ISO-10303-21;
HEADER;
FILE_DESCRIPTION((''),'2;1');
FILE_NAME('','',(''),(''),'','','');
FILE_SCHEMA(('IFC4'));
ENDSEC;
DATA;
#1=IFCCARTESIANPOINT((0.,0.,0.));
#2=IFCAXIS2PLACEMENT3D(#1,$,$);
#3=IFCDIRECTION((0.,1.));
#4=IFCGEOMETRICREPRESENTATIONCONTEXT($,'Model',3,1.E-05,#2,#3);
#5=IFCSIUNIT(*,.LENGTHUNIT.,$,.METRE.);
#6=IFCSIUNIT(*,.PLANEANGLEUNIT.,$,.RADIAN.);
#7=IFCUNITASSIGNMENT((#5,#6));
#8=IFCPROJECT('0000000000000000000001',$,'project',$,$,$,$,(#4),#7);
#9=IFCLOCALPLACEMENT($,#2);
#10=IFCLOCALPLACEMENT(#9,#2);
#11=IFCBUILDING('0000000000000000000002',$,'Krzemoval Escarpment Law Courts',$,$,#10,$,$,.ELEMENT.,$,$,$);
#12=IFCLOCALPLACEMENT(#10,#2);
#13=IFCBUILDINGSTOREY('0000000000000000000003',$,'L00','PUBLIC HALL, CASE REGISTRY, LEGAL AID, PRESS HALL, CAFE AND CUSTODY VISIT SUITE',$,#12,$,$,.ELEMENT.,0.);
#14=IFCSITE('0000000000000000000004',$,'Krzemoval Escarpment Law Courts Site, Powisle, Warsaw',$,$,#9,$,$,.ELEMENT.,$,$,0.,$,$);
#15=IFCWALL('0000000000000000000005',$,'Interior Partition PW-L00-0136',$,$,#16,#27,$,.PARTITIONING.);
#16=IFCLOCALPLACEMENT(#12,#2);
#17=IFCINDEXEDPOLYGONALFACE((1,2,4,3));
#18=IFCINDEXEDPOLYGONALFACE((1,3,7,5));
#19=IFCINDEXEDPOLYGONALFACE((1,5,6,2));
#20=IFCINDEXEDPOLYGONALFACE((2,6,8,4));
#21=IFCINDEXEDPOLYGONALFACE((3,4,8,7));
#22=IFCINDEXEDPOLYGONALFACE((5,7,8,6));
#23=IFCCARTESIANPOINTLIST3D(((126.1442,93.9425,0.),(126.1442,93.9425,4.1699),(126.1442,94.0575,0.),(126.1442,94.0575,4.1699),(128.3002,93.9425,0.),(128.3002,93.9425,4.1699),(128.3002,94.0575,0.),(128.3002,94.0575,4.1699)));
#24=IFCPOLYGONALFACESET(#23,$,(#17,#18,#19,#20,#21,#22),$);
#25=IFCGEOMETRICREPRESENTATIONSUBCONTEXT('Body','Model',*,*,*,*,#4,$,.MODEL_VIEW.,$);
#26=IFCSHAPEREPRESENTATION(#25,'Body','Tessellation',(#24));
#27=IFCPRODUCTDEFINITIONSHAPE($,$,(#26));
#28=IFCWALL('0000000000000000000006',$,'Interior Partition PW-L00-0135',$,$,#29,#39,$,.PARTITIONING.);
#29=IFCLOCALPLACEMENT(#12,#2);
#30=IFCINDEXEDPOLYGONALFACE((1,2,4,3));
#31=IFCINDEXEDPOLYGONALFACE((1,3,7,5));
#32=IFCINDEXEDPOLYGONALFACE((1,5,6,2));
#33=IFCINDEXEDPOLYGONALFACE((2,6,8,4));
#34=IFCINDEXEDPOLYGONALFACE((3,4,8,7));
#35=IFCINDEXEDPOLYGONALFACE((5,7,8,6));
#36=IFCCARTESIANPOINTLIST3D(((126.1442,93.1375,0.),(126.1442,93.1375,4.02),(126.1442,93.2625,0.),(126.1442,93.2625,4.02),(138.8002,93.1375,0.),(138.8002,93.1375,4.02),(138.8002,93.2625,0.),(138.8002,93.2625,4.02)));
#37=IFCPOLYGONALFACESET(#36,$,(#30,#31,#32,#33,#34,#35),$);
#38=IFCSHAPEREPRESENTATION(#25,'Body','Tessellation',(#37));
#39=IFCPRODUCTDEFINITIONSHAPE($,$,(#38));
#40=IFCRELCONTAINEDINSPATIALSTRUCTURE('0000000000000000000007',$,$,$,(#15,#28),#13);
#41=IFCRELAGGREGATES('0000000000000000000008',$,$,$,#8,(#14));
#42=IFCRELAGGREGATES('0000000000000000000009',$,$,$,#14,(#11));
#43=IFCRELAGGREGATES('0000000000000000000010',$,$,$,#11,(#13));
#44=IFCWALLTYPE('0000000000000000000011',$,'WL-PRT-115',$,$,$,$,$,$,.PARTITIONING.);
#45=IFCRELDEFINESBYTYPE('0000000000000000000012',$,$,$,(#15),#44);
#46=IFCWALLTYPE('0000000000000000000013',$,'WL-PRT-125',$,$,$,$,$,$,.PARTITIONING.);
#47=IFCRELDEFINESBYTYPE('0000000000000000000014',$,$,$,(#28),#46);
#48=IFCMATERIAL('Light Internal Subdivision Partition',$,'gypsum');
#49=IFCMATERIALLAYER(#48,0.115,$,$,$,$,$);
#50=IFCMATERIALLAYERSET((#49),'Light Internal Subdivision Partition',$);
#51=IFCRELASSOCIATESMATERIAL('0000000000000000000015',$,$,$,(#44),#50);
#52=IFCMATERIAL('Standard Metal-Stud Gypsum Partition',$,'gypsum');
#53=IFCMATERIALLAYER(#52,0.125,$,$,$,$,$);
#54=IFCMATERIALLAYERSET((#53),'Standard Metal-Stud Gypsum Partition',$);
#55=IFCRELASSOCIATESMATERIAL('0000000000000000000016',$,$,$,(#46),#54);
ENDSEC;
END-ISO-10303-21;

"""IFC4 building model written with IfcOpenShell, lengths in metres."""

from ifc_helpers import new_model, si_unit, direction, frame, frame_2d, origin, place, context, subcontext, project, spatial, rectangle, extrude, material, layer, layer_set, type_object, element, save


model = new_model("IFC4")

# Units and contexts
model_context = context("Model", 3, precision=1e-05, world=origin(), true_north=direction((0.0, 1.0)))
body_context = subcontext(model_context, "Body", "Model", "MODEL_VIEW")
ifc_project = project(units=[si_unit("LENGTHUNIT", "METRE"), si_unit("PLANEANGLEUNIT", "RADIAN")], contexts=[model_context])

# Site, building, storey
site_placement = place(None, origin())
site = spatial("IfcSite", under=ifc_project, at=site_placement, Name="Krzemoval Escarpment Law Courts Site, Powisle, Warsaw", CompositionType="ELEMENT", RefElevation=0.0)
building_placement = place(site_placement, origin())
building = spatial("IfcBuilding", under=site, at=building_placement, Name="Krzemoval Escarpment Law Courts", CompositionType="ELEMENT")
storey_placement = place(building_placement, origin())
storey = spatial("IfcBuildingStorey", under=building, at=storey_placement, Name="L00", Description="PUBLIC HALL, CASE REGISTRY, LEGAL AID, PRESS HALL, CAFE AND CUSTODY VISIT SUITE", CompositionType="ELEMENT", Elevation=0.0)

# Walls
ifc_material_1 = material(Name="Light Internal Subdivision Partition", Category="gypsum")
ifc_layer_1 = layer(ifc_material_1, 0.115)
ifc_layer_set_1 = layer_set([ifc_layer_1], Name="Light Internal Subdivision Partition")
wall_type_1 = type_object("IfcWallType", Name="WL-PRT-115", PredefinedType="PARTITIONING", material=ifc_layer_set_1)
wall_1_placement = place(storey_placement, frame((126.144, 94.0, 0.0), z_axis=(0.0, 0.0, 1.0), x_axis=(1.0, 0.0, 0.0)))
element("IfcWall", 1, at=wall_1_placement, inside=storey, type_object=wall_type_1, Name="Interior Partition PW-L00-0136", PredefinedType="PARTITIONING", context=body_context, shape_type="SweptSolid", body=[
    extrude(rectangle(XDim=2.156, YDim=0.115, at=frame_2d((1.0781, 0.0))), origin(), (0.0, 0.0, 1.0), 4.1699),
])
ifc_material_2 = material(Name="Standard Metal-Stud Gypsum Partition", Category="gypsum")
ifc_layer_2 = layer(ifc_material_2, 0.125)
ifc_layer_set_2 = layer_set([ifc_layer_2], Name="Standard Metal-Stud Gypsum Partition")
wall_type_2 = type_object("IfcWallType", Name="WL-PRT-125", PredefinedType="PARTITIONING", material=ifc_layer_set_2)
wall_2_placement = place(storey_placement, frame((126.144, 93.2, 0.0), z_axis=(0.0, 0.0, 1.0), x_axis=(1.0, 0.0, 0.0)))
element("IfcWall", 2, at=wall_2_placement, inside=storey, type_object=wall_type_2, Name="Interior Partition PW-L00-0135", PredefinedType="PARTITIONING", context=body_context, shape_type="SweptSolid", body=[
    extrude(rectangle(XDim=12.656, YDim=0.125, at=frame_2d((6.3281, 0.0))), origin(), (0.0, 0.0, 1.0), 4.02),
])

save(model, "model.ifc")
